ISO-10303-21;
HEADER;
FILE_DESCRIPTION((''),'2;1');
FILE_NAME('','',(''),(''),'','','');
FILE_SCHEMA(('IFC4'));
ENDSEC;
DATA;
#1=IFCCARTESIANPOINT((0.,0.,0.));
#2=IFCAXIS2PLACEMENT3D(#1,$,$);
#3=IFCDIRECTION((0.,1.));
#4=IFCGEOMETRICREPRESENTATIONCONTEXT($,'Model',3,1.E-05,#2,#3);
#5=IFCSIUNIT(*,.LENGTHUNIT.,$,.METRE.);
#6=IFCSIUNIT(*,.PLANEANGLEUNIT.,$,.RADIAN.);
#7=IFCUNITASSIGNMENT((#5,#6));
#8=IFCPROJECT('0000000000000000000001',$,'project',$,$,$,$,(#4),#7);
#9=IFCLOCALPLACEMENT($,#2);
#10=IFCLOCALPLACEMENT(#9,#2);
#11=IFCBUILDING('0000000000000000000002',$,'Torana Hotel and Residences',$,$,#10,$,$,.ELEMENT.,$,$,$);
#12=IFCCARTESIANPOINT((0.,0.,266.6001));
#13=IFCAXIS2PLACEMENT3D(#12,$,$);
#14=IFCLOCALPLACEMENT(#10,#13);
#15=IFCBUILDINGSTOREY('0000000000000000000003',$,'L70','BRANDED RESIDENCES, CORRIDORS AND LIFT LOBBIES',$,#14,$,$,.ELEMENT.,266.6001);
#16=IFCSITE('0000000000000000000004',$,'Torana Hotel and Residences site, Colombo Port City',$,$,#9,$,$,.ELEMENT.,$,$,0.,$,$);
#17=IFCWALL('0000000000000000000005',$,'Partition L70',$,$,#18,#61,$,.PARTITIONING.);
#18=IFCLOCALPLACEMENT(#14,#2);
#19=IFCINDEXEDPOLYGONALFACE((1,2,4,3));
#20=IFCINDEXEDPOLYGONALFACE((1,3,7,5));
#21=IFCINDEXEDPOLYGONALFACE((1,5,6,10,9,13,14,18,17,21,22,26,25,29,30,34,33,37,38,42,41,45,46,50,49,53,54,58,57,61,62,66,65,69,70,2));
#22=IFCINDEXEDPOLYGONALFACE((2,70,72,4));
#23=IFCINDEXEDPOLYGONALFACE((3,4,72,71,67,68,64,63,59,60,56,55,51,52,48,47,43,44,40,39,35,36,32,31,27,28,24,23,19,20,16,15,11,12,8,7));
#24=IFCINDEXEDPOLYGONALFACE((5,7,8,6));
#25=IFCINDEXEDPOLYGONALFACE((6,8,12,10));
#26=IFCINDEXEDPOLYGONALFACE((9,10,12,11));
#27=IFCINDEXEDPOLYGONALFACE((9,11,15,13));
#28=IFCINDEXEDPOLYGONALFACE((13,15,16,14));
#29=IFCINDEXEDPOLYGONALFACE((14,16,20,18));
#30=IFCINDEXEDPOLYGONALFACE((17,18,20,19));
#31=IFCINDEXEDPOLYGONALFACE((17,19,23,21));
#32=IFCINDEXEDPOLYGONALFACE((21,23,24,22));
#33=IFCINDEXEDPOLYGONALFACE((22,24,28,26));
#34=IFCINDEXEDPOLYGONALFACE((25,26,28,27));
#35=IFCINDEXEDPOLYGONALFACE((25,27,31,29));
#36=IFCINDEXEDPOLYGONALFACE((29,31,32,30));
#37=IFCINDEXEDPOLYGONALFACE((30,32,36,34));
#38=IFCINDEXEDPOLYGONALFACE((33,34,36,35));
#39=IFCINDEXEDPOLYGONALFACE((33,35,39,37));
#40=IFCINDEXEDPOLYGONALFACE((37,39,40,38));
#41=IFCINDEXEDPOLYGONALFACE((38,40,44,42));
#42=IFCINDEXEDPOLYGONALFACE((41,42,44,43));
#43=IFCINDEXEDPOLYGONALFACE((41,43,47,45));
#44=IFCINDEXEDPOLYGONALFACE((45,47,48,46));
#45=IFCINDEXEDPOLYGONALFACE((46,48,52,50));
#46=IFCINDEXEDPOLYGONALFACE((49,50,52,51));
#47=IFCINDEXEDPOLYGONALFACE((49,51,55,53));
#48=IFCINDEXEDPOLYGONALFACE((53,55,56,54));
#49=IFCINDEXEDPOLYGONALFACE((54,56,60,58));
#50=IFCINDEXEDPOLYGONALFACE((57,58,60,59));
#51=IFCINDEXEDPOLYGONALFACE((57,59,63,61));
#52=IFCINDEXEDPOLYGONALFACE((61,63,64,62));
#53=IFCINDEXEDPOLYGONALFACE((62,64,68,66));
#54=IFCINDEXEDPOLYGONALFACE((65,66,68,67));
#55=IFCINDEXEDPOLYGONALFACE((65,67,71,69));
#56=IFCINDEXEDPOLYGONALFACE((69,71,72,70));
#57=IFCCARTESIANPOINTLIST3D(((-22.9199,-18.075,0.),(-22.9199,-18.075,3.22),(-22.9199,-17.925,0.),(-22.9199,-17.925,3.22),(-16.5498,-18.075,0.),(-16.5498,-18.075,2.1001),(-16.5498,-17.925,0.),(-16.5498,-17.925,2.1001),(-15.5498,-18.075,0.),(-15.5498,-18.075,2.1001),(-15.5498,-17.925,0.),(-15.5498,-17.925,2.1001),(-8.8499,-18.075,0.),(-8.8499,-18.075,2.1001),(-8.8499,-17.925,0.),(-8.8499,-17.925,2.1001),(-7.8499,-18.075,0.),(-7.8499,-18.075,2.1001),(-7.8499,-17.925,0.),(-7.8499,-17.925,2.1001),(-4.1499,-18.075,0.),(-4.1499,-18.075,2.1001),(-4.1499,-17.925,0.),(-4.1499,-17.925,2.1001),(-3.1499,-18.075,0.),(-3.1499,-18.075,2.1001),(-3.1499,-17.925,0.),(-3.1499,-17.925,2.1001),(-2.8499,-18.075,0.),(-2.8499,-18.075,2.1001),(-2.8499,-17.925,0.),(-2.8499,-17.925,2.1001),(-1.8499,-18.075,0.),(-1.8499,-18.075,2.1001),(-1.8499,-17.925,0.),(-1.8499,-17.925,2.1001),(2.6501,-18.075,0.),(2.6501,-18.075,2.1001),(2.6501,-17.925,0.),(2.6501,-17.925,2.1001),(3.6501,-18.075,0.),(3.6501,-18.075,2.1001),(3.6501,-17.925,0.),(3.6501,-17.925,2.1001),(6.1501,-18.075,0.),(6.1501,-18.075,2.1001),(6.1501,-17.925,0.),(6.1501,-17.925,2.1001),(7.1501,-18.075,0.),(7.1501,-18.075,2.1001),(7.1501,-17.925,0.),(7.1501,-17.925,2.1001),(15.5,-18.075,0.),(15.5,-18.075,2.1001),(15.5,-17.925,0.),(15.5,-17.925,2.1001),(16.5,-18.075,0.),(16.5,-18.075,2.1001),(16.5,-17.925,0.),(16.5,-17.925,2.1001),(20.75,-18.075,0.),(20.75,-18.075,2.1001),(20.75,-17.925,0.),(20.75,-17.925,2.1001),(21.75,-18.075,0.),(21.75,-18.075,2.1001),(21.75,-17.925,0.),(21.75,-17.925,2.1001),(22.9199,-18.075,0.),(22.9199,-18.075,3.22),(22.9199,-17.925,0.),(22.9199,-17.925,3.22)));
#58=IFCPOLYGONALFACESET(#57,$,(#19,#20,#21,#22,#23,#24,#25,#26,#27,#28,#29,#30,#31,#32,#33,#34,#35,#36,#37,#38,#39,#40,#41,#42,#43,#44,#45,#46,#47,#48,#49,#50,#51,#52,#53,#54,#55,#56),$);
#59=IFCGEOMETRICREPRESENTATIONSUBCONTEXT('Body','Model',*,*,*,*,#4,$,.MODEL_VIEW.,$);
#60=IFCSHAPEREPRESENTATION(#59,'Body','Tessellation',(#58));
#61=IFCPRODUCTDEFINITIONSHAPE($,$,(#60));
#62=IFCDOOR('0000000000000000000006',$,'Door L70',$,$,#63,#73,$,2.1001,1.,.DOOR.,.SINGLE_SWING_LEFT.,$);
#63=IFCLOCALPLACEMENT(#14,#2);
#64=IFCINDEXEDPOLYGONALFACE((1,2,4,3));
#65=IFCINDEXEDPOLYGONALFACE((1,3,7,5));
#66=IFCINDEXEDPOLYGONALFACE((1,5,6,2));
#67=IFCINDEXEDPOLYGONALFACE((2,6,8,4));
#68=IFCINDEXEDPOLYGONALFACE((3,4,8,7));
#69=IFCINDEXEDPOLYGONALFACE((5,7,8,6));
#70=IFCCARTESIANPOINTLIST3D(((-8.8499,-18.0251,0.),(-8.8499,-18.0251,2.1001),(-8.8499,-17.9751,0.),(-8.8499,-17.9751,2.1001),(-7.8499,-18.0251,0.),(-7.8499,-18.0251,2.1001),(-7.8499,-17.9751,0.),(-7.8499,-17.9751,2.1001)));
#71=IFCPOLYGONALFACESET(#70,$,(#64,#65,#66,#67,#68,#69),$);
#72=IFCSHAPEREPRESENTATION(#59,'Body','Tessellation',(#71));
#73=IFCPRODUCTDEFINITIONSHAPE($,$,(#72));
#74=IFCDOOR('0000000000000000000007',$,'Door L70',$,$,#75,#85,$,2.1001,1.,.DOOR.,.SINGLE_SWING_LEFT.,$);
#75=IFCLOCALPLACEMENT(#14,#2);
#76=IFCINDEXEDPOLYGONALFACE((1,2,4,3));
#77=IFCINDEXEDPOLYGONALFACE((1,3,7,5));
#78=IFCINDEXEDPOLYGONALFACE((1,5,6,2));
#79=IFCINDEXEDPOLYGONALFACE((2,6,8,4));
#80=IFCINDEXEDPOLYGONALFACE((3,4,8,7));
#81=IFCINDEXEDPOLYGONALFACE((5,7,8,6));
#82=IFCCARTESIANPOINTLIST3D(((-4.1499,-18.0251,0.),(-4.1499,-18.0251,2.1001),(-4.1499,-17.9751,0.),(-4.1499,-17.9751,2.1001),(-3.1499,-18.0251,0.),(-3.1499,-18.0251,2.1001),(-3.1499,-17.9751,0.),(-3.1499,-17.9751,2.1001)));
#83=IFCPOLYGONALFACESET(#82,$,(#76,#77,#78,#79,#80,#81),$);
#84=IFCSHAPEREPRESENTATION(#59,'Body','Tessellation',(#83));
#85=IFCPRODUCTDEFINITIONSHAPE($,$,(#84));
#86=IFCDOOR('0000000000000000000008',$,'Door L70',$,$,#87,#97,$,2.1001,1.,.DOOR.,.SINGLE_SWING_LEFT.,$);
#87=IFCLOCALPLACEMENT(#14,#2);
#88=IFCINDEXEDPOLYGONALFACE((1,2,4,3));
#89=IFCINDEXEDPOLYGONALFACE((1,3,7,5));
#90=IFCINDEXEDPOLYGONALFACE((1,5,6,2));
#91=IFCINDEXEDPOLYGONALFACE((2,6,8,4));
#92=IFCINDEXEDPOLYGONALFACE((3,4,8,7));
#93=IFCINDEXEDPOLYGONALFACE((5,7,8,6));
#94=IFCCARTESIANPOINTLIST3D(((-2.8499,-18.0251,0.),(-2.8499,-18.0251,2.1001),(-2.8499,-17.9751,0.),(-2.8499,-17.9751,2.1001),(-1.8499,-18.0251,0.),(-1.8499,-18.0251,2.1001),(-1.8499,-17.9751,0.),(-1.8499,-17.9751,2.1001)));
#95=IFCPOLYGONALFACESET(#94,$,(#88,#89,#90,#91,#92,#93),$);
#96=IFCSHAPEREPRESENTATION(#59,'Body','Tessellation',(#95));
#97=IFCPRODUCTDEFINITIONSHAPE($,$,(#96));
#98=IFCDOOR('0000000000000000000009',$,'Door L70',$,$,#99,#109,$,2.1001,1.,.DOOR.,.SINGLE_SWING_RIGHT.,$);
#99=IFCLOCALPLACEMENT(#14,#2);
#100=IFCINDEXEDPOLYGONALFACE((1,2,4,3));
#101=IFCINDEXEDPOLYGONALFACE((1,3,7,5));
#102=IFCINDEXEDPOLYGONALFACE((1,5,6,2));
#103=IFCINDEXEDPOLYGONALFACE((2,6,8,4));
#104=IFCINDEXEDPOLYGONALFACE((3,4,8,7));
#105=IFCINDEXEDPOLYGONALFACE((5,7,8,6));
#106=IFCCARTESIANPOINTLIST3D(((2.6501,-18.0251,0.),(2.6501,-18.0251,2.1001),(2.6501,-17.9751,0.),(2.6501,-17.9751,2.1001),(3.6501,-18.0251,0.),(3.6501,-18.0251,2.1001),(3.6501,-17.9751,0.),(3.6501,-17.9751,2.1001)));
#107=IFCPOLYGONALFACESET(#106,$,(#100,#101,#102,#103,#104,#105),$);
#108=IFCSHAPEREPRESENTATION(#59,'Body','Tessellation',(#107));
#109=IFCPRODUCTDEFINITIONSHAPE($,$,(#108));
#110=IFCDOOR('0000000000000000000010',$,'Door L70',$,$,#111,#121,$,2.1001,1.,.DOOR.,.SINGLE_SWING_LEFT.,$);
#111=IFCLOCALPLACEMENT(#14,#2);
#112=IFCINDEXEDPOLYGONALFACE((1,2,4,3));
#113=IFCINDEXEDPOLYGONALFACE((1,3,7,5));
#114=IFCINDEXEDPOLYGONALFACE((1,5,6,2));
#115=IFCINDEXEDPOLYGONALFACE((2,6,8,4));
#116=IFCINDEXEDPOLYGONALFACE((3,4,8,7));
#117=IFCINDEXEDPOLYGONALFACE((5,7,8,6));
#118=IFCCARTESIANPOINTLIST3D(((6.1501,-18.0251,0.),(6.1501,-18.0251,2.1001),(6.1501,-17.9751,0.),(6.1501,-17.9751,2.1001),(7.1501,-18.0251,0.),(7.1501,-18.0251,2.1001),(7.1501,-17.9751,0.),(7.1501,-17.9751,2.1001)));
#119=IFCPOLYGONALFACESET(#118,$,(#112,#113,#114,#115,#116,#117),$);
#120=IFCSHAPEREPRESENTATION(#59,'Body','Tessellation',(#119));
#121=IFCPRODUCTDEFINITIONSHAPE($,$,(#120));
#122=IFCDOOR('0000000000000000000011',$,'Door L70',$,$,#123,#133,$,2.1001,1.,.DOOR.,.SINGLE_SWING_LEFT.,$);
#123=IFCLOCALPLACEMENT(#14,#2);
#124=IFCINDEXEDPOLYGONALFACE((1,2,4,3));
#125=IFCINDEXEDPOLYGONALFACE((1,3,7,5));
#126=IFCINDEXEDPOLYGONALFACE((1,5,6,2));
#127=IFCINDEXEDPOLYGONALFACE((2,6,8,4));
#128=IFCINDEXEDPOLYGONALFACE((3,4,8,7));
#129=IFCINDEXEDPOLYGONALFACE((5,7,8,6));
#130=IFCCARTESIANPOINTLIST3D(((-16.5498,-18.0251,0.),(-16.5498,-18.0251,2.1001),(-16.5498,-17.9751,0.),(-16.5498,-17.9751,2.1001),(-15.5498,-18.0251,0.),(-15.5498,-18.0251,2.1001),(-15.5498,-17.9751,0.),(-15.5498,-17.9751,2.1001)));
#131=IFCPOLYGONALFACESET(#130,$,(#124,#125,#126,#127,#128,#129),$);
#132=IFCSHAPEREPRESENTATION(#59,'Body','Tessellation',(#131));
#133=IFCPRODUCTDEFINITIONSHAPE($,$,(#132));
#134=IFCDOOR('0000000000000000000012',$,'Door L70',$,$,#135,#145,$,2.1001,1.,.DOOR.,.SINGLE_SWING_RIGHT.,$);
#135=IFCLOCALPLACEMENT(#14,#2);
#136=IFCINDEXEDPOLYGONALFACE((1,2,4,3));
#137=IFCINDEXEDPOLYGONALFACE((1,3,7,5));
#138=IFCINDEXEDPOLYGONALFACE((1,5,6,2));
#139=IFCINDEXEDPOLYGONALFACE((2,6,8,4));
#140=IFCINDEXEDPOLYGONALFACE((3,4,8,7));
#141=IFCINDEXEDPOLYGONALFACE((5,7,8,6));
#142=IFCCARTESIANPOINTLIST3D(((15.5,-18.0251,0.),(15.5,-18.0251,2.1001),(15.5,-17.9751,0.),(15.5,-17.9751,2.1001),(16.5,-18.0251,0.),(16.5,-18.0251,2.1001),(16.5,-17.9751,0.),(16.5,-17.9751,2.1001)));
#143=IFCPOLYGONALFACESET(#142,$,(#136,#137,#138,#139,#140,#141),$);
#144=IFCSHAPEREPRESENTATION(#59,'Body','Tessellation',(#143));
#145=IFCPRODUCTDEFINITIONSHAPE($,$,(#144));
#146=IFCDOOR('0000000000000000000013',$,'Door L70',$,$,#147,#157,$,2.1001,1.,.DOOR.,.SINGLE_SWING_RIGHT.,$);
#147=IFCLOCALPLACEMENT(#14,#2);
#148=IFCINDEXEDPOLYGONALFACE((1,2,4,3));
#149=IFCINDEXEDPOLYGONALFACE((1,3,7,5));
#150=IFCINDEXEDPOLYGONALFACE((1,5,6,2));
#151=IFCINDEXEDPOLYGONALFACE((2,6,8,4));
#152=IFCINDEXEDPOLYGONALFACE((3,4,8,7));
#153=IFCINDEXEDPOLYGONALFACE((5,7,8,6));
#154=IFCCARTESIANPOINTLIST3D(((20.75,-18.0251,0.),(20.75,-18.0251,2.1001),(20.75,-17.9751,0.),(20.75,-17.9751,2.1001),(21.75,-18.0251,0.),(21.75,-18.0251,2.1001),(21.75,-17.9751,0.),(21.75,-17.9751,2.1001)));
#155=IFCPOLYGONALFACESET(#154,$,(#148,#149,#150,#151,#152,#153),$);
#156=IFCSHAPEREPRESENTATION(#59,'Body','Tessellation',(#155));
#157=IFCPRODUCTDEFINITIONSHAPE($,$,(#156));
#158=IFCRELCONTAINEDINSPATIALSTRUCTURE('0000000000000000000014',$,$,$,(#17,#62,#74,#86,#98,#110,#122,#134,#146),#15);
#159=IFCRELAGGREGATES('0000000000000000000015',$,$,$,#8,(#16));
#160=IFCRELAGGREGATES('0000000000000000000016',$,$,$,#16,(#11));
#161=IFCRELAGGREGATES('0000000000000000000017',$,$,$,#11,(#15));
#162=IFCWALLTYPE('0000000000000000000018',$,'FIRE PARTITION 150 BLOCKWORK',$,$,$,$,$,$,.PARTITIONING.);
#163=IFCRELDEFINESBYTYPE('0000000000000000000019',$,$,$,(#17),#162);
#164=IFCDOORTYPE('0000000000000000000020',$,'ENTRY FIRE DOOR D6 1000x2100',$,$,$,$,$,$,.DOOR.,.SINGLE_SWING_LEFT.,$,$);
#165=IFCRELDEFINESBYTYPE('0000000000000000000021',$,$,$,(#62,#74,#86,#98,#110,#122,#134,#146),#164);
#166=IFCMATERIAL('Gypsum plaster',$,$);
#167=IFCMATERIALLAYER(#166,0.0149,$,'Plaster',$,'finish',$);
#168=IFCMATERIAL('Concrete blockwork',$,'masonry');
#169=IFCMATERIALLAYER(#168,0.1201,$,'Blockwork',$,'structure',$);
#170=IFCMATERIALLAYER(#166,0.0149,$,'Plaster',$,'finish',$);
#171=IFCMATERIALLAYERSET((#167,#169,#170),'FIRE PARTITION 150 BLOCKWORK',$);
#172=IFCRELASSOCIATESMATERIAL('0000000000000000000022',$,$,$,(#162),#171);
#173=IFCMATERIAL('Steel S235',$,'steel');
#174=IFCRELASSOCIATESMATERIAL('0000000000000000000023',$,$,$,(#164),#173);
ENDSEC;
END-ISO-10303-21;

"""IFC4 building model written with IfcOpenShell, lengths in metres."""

from ifc_helpers import new_model, si_unit, direction, frame, frame_2d, origin, place, context, subcontext, project, spatial, rectangle, extrude, material, layer, layer_set, type_object, element, fill, save


model = new_model("IFC4")

# Units and contexts
model_context = context("Model", 3, precision=1e-05, world=origin(), true_north=direction((0.0, 1.0)))
body_context = subcontext(model_context, "Body", "Model", "MODEL_VIEW")
ifc_project = project(units=[si_unit("LENGTHUNIT", "METRE"), si_unit("PLANEANGLEUNIT", "RADIAN")], contexts=[model_context])

# Site, building, storey
site_placement = place(None, origin())
site = spatial("IfcSite", under=ifc_project, at=site_placement, Name="Torana Hotel and Residences site, Colombo Port City", CompositionType="ELEMENT", RefElevation=0.0)
building_placement = place(site_placement, origin())
building = spatial("IfcBuilding", under=site, at=building_placement, Name="Torana Hotel and Residences", CompositionType="ELEMENT")
storey_placement = place(building_placement, frame((0.0, 0.0, 266.6001)))
storey = spatial("IfcBuildingStorey", under=building, at=storey_placement, Name="L70", Description="BRANDED RESIDENCES, CORRIDORS AND LIFT LOBBIES", CompositionType="ELEMENT", Elevation=266.6001)

# Wall, openings, doors
ifc_material_1 = material(Name="Gypsum plaster")
ifc_layer_1 = layer(ifc_material_1, 0.0149, Name="Plaster", Category="finish")
ifc_material_2 = material(Name="Concrete blockwork", Category="masonry")
ifc_layer_2 = layer(ifc_material_2, 0.1201, Name="Blockwork", Category="structure")
ifc_layer_3 = layer(ifc_material_1, 0.0149, Name="Plaster", Category="finish")
ifc_layer_set_1 = layer_set([ifc_layer_1, ifc_layer_2, ifc_layer_3], Name="FIRE PARTITION 150 BLOCKWORK")
wall_type_1 = type_object("IfcWallType", Name="FIRE PARTITION 150 BLOCKWORK", PredefinedType="PARTITIONING", material=ifc_layer_set_1)
wall_1_placement = place(storey_placement, frame((-22.9199, -18.0, 0.0), z_axis=(0.0, 0.0, 1.0), x_axis=(1.0, 0.0, 0.0)))
wall_1 = element("IfcWall", 1, at=wall_1_placement, inside=storey, type_object=wall_type_1, Name="Partition L70", PredefinedType="PARTITIONING", context=body_context, shape_type="SweptSolid", body=[
    extrude(rectangle(XDim=45.8398, YDim=0.1499, at=frame_2d((22.9199, 0.0))), origin(), (0.0, 0.0, 1.0), 3.22),
])
opening_1_placement = place(wall_1_placement, frame((14.0701, 0.0, 0.0)))
opening_1 = element("IfcOpeningElement", 2, at=opening_1_placement, cuts=wall_1, PredefinedType="OPENING", context=body_context, shape_type="SweptSolid", body=[
    extrude(rectangle(XDim=1.0, YDim=2.1001, at=frame_2d((0.5, 1.05))), frame((0.0, 0.085, 0.0), z_axis=(0.0, -1.0, 0.0), x_axis=(1.0, 0.0, 0.0)), (0.0, 0.0, 1.0), 0.1699),
])
opening_2_placement = place(wall_1_placement, frame((18.77, 0.0, 0.0)))
opening_2 = element("IfcOpeningElement", 3, at=opening_2_placement, cuts=wall_1, PredefinedType="OPENING", context=body_context, shape_type="SweptSolid", body=[
    extrude(rectangle(XDim=1.0, YDim=2.1001, at=frame_2d((0.5, 1.05))), frame((0.0, 0.085, 0.0), z_axis=(0.0, -1.0, 0.0), x_axis=(1.0, 0.0, 0.0)), (0.0, 0.0, 1.0), 0.1699),
])
opening_3_placement = place(wall_1_placement, frame((20.0701, 0.0, 0.0)))
opening_3 = element("IfcOpeningElement", 4, at=opening_3_placement, cuts=wall_1, PredefinedType="OPENING", context=body_context, shape_type="SweptSolid", body=[
    extrude(rectangle(XDim=1.0, YDim=2.1001, at=frame_2d((0.5, 1.05))), frame((0.0, 0.085, 0.0), z_axis=(0.0, -1.0, 0.0), x_axis=(1.0, 0.0, 0.0)), (0.0, 0.0, 1.0), 0.1699),
])
opening_4_placement = place(wall_1_placement, frame((25.5701, 0.0, 0.0)))
opening_4 = element("IfcOpeningElement", 5, at=opening_4_placement, cuts=wall_1, PredefinedType="OPENING", context=body_context, shape_type="SweptSolid", body=[
    extrude(rectangle(XDim=1.0, YDim=2.1001, at=frame_2d((0.5, 1.05))), frame((0.0, 0.085, 0.0), z_axis=(0.0, -1.0, 0.0), x_axis=(1.0, 0.0, 0.0)), (0.0, 0.0, 1.0), 0.1699),
])
opening_5_placement = place(wall_1_placement, frame((29.0701, 0.0, 0.0)))
opening_5 = element("IfcOpeningElement", 6, at=opening_5_placement, cuts=wall_1, PredefinedType="OPENING", context=body_context, shape_type="SweptSolid", body=[
    extrude(rectangle(XDim=1.0, YDim=2.1001, at=frame_2d((0.5, 1.05))), frame((0.0, 0.085, 0.0), z_axis=(0.0, -1.0, 0.0), x_axis=(1.0, 0.0, 0.0)), (0.0, 0.0, 1.0), 0.1699),
])
opening_6_placement = place(wall_1_placement, frame((6.3701, 0.0, 0.0)))
opening_6 = element("IfcOpeningElement", 7, at=opening_6_placement, cuts=wall_1, PredefinedType="OPENING", context=body_context, shape_type="SweptSolid", body=[
    extrude(rectangle(XDim=1.0, YDim=2.1001, at=frame_2d((0.5, 1.05))), frame((0.0, 0.085, 0.0), z_axis=(0.0, -1.0, 0.0), x_axis=(1.0, 0.0, 0.0)), (0.0, 0.0, 1.0), 0.1699),
])
opening_7_placement = place(wall_1_placement, frame((38.4199, 0.0, 0.0)))
opening_7 = element("IfcOpeningElement", 8, at=opening_7_placement, cuts=wall_1, PredefinedType="OPENING", context=body_context, shape_type="SweptSolid", body=[
    extrude(rectangle(XDim=1.0, YDim=2.1001, at=frame_2d((0.5, 1.05))), frame((0.0, 0.085, 0.0), z_axis=(0.0, -1.0, 0.0), x_axis=(1.0, 0.0, 0.0)), (0.0, 0.0, 1.0), 0.1699),
])
opening_8_placement = place(wall_1_placement, frame((43.6699, 0.0, 0.0)))
opening_8 = element("IfcOpeningElement", 9, at=opening_8_placement, cuts=wall_1, PredefinedType="OPENING", context=body_context, shape_type="SweptSolid", body=[
    extrude(rectangle(XDim=1.0, YDim=2.1001, at=frame_2d((0.5, 1.05))), frame((0.0, 0.085, 0.0), z_axis=(0.0, -1.0, 0.0), x_axis=(1.0, 0.0, 0.0)), (0.0, 0.0, 1.0), 0.1699),
])
ifc_material_3 = material(Name="Steel S235", Category="steel")
door_type_1 = type_object("IfcDoorType", Name="ENTRY FIRE DOOR D6 1000x2100", OperationType="SINGLE_SWING_LEFT", PredefinedType="DOOR", material=ifc_material_3)
door_1_placement = place(opening_1_placement, frame((0.5, 0.0, 0.0), z_axis=(0.0, 0.0, 1.0), x_axis=(-1.0, 0.0, 0.0)))
door_1 = element("IfcDoor", 10, at=door_1_placement, inside=storey, type_object=door_type_1, Name="Door L70", OperationType="SINGLE_SWING_LEFT", OverallHeight=2.1001, OverallWidth=1.0, PredefinedType="DOOR", context=body_context, shape_type="SweptSolid", body=[
    extrude(rectangle(XDim=1.0, YDim=2.1001, at=frame_2d((0.0, 1.05))), frame((0.0, -0.0249, 0.0), z_axis=(0.0, 1.0, 0.0), x_axis=(-1.0, 0.0, 0.0)), (0.0, 0.0, 1.0), 0.05),
])
fill(opening_1, door_1)
door_2_placement = place(opening_2_placement, frame((0.5, 0.0, 0.0), z_axis=(0.0, 0.0, 1.0), x_axis=(-1.0, 0.0, 0.0)))
door_2 = element("IfcDoor", 11, at=door_2_placement, inside=storey, type_object=door_type_1, Name="Door L70", OperationType="SINGLE_SWING_LEFT", OverallHeight=2.1001, OverallWidth=1.0, PredefinedType="DOOR", context=body_context, shape_type="SweptSolid", body=[
    extrude(rectangle(XDim=1.0, YDim=2.1001, at=frame_2d((0.0, 1.05))), frame((0.0, -0.0249, 0.0), z_axis=(0.0, 1.0, 0.0), x_axis=(-1.0, 0.0, 0.0)), (0.0, 0.0, 1.0), 0.05),
])
fill(opening_2, door_2)
door_3_placement = place(opening_3_placement, frame((0.5, 0.0, 0.0), z_axis=(0.0, 0.0, 1.0), x_axis=(-1.0, 0.0, 0.0)))
door_3 = element("IfcDoor", 12, at=door_3_placement, inside=storey, type_object=door_type_1, Name="Door L70", OperationType="SINGLE_SWING_LEFT", OverallHeight=2.1001, OverallWidth=1.0, PredefinedType="DOOR", context=body_context, shape_type="SweptSolid", body=[
    extrude(rectangle(XDim=1.0, YDim=2.1001, at=frame_2d((0.0, 1.05))), frame((0.0, -0.0249, 0.0), z_axis=(0.0, 1.0, 0.0), x_axis=(-1.0, 0.0, 0.0)), (0.0, 0.0, 1.0), 0.05),
])
fill(opening_3, door_3)
door_4_placement = place(opening_4_placement, origin())
door_4 = element("IfcDoor", 13, at=door_4_placement, inside=storey, type_object=door_type_1, Name="Door L70", OperationType="SINGLE_SWING_RIGHT", OverallHeight=2.1001, OverallWidth=1.0, PredefinedType="DOOR", context=body_context, shape_type="SweptSolid", body=[
    extrude(rectangle(XDim=1.0, YDim=2.1001, at=frame_2d((0.5, 1.05))), frame((0.0, 0.0249, 0.0), z_axis=(0.0, -1.0, 0.0), x_axis=(1.0, 0.0, 0.0)), (0.0, 0.0, 1.0), 0.05),
])
fill(opening_4, door_4)
door_5_placement = place(opening_5_placement, frame((0.5, 0.0, 0.0), z_axis=(0.0, 0.0, 1.0), x_axis=(-1.0, 0.0, 0.0)))
door_5 = element("IfcDoor", 14, at=door_5_placement, inside=storey, type_object=door_type_1, Name="Door L70", OperationType="SINGLE_SWING_LEFT", OverallHeight=2.1001, OverallWidth=1.0, PredefinedType="DOOR", context=body_context, shape_type="SweptSolid", body=[
    extrude(rectangle(XDim=1.0, YDim=2.1001, at=frame_2d((0.0, 1.05))), frame((0.0, -0.0249, 0.0), z_axis=(0.0, 1.0, 0.0), x_axis=(-1.0, 0.0, 0.0)), (0.0, 0.0, 1.0), 0.05),
])
fill(opening_5, door_5)
door_6_placement = place(opening_6_placement, frame((0.5, 0.0, 0.0), z_axis=(0.0, 0.0, 1.0), x_axis=(-1.0, 0.0, 0.0)))
door_6 = element("IfcDoor", 15, at=door_6_placement, inside=storey, type_object=door_type_1, Name="Door L70", OperationType="SINGLE_SWING_LEFT", OverallHeight=2.1001, OverallWidth=1.0, PredefinedType="DOOR", context=body_context, shape_type="SweptSolid", body=[
    extrude(rectangle(XDim=1.0, YDim=2.1001, at=frame_2d((0.0, 1.05))), frame((0.0, -0.0249, 0.0), z_axis=(0.0, 1.0, 0.0), x_axis=(-1.0, 0.0, 0.0)), (0.0, 0.0, 1.0), 0.05),
])
fill(opening_6, door_6)
door_7_placement = place(opening_7_placement, origin())
door_7 = element("IfcDoor", 16, at=door_7_placement, inside=storey, type_object=door_type_1, Name="Door L70", OperationType="SINGLE_SWING_RIGHT", OverallHeight=2.1001, OverallWidth=1.0, PredefinedType="DOOR", context=body_context, shape_type="SweptSolid", body=[
    extrude(rectangle(XDim=1.0, YDim=2.1001, at=frame_2d((0.5, 1.05))), frame((0.0, 0.0249, 0.0), z_axis=(0.0, -1.0, 0.0), x_axis=(1.0, 0.0, 0.0)), (0.0, 0.0, 1.0), 0.05),
])
fill(opening_7, door_7)
door_8_placement = place(opening_8_placement, frame((0.5, 0.0, 0.0), z_axis=(0.0, 0.0, 1.0), x_axis=(-1.0, 0.0, 0.0)))
door_8 = element("IfcDoor", 17, at=door_8_placement, inside=storey, type_object=door_type_1, Name="Door L70", OperationType="SINGLE_SWING_RIGHT", OverallHeight=2.1001, OverallWidth=1.0, PredefinedType="DOOR", context=body_context, shape_type="SweptSolid", body=[
    extrude(rectangle(XDim=1.0, YDim=2.1001, at=frame_2d((0.0, 1.05))), frame((0.0, -0.0249, 0.0), z_axis=(0.0, 1.0, 0.0), x_axis=(-1.0, 0.0, 0.0)), (0.0, 0.0, 1.0), 0.05),
])
fill(opening_8, door_8)

save(model, "model.ifc")
